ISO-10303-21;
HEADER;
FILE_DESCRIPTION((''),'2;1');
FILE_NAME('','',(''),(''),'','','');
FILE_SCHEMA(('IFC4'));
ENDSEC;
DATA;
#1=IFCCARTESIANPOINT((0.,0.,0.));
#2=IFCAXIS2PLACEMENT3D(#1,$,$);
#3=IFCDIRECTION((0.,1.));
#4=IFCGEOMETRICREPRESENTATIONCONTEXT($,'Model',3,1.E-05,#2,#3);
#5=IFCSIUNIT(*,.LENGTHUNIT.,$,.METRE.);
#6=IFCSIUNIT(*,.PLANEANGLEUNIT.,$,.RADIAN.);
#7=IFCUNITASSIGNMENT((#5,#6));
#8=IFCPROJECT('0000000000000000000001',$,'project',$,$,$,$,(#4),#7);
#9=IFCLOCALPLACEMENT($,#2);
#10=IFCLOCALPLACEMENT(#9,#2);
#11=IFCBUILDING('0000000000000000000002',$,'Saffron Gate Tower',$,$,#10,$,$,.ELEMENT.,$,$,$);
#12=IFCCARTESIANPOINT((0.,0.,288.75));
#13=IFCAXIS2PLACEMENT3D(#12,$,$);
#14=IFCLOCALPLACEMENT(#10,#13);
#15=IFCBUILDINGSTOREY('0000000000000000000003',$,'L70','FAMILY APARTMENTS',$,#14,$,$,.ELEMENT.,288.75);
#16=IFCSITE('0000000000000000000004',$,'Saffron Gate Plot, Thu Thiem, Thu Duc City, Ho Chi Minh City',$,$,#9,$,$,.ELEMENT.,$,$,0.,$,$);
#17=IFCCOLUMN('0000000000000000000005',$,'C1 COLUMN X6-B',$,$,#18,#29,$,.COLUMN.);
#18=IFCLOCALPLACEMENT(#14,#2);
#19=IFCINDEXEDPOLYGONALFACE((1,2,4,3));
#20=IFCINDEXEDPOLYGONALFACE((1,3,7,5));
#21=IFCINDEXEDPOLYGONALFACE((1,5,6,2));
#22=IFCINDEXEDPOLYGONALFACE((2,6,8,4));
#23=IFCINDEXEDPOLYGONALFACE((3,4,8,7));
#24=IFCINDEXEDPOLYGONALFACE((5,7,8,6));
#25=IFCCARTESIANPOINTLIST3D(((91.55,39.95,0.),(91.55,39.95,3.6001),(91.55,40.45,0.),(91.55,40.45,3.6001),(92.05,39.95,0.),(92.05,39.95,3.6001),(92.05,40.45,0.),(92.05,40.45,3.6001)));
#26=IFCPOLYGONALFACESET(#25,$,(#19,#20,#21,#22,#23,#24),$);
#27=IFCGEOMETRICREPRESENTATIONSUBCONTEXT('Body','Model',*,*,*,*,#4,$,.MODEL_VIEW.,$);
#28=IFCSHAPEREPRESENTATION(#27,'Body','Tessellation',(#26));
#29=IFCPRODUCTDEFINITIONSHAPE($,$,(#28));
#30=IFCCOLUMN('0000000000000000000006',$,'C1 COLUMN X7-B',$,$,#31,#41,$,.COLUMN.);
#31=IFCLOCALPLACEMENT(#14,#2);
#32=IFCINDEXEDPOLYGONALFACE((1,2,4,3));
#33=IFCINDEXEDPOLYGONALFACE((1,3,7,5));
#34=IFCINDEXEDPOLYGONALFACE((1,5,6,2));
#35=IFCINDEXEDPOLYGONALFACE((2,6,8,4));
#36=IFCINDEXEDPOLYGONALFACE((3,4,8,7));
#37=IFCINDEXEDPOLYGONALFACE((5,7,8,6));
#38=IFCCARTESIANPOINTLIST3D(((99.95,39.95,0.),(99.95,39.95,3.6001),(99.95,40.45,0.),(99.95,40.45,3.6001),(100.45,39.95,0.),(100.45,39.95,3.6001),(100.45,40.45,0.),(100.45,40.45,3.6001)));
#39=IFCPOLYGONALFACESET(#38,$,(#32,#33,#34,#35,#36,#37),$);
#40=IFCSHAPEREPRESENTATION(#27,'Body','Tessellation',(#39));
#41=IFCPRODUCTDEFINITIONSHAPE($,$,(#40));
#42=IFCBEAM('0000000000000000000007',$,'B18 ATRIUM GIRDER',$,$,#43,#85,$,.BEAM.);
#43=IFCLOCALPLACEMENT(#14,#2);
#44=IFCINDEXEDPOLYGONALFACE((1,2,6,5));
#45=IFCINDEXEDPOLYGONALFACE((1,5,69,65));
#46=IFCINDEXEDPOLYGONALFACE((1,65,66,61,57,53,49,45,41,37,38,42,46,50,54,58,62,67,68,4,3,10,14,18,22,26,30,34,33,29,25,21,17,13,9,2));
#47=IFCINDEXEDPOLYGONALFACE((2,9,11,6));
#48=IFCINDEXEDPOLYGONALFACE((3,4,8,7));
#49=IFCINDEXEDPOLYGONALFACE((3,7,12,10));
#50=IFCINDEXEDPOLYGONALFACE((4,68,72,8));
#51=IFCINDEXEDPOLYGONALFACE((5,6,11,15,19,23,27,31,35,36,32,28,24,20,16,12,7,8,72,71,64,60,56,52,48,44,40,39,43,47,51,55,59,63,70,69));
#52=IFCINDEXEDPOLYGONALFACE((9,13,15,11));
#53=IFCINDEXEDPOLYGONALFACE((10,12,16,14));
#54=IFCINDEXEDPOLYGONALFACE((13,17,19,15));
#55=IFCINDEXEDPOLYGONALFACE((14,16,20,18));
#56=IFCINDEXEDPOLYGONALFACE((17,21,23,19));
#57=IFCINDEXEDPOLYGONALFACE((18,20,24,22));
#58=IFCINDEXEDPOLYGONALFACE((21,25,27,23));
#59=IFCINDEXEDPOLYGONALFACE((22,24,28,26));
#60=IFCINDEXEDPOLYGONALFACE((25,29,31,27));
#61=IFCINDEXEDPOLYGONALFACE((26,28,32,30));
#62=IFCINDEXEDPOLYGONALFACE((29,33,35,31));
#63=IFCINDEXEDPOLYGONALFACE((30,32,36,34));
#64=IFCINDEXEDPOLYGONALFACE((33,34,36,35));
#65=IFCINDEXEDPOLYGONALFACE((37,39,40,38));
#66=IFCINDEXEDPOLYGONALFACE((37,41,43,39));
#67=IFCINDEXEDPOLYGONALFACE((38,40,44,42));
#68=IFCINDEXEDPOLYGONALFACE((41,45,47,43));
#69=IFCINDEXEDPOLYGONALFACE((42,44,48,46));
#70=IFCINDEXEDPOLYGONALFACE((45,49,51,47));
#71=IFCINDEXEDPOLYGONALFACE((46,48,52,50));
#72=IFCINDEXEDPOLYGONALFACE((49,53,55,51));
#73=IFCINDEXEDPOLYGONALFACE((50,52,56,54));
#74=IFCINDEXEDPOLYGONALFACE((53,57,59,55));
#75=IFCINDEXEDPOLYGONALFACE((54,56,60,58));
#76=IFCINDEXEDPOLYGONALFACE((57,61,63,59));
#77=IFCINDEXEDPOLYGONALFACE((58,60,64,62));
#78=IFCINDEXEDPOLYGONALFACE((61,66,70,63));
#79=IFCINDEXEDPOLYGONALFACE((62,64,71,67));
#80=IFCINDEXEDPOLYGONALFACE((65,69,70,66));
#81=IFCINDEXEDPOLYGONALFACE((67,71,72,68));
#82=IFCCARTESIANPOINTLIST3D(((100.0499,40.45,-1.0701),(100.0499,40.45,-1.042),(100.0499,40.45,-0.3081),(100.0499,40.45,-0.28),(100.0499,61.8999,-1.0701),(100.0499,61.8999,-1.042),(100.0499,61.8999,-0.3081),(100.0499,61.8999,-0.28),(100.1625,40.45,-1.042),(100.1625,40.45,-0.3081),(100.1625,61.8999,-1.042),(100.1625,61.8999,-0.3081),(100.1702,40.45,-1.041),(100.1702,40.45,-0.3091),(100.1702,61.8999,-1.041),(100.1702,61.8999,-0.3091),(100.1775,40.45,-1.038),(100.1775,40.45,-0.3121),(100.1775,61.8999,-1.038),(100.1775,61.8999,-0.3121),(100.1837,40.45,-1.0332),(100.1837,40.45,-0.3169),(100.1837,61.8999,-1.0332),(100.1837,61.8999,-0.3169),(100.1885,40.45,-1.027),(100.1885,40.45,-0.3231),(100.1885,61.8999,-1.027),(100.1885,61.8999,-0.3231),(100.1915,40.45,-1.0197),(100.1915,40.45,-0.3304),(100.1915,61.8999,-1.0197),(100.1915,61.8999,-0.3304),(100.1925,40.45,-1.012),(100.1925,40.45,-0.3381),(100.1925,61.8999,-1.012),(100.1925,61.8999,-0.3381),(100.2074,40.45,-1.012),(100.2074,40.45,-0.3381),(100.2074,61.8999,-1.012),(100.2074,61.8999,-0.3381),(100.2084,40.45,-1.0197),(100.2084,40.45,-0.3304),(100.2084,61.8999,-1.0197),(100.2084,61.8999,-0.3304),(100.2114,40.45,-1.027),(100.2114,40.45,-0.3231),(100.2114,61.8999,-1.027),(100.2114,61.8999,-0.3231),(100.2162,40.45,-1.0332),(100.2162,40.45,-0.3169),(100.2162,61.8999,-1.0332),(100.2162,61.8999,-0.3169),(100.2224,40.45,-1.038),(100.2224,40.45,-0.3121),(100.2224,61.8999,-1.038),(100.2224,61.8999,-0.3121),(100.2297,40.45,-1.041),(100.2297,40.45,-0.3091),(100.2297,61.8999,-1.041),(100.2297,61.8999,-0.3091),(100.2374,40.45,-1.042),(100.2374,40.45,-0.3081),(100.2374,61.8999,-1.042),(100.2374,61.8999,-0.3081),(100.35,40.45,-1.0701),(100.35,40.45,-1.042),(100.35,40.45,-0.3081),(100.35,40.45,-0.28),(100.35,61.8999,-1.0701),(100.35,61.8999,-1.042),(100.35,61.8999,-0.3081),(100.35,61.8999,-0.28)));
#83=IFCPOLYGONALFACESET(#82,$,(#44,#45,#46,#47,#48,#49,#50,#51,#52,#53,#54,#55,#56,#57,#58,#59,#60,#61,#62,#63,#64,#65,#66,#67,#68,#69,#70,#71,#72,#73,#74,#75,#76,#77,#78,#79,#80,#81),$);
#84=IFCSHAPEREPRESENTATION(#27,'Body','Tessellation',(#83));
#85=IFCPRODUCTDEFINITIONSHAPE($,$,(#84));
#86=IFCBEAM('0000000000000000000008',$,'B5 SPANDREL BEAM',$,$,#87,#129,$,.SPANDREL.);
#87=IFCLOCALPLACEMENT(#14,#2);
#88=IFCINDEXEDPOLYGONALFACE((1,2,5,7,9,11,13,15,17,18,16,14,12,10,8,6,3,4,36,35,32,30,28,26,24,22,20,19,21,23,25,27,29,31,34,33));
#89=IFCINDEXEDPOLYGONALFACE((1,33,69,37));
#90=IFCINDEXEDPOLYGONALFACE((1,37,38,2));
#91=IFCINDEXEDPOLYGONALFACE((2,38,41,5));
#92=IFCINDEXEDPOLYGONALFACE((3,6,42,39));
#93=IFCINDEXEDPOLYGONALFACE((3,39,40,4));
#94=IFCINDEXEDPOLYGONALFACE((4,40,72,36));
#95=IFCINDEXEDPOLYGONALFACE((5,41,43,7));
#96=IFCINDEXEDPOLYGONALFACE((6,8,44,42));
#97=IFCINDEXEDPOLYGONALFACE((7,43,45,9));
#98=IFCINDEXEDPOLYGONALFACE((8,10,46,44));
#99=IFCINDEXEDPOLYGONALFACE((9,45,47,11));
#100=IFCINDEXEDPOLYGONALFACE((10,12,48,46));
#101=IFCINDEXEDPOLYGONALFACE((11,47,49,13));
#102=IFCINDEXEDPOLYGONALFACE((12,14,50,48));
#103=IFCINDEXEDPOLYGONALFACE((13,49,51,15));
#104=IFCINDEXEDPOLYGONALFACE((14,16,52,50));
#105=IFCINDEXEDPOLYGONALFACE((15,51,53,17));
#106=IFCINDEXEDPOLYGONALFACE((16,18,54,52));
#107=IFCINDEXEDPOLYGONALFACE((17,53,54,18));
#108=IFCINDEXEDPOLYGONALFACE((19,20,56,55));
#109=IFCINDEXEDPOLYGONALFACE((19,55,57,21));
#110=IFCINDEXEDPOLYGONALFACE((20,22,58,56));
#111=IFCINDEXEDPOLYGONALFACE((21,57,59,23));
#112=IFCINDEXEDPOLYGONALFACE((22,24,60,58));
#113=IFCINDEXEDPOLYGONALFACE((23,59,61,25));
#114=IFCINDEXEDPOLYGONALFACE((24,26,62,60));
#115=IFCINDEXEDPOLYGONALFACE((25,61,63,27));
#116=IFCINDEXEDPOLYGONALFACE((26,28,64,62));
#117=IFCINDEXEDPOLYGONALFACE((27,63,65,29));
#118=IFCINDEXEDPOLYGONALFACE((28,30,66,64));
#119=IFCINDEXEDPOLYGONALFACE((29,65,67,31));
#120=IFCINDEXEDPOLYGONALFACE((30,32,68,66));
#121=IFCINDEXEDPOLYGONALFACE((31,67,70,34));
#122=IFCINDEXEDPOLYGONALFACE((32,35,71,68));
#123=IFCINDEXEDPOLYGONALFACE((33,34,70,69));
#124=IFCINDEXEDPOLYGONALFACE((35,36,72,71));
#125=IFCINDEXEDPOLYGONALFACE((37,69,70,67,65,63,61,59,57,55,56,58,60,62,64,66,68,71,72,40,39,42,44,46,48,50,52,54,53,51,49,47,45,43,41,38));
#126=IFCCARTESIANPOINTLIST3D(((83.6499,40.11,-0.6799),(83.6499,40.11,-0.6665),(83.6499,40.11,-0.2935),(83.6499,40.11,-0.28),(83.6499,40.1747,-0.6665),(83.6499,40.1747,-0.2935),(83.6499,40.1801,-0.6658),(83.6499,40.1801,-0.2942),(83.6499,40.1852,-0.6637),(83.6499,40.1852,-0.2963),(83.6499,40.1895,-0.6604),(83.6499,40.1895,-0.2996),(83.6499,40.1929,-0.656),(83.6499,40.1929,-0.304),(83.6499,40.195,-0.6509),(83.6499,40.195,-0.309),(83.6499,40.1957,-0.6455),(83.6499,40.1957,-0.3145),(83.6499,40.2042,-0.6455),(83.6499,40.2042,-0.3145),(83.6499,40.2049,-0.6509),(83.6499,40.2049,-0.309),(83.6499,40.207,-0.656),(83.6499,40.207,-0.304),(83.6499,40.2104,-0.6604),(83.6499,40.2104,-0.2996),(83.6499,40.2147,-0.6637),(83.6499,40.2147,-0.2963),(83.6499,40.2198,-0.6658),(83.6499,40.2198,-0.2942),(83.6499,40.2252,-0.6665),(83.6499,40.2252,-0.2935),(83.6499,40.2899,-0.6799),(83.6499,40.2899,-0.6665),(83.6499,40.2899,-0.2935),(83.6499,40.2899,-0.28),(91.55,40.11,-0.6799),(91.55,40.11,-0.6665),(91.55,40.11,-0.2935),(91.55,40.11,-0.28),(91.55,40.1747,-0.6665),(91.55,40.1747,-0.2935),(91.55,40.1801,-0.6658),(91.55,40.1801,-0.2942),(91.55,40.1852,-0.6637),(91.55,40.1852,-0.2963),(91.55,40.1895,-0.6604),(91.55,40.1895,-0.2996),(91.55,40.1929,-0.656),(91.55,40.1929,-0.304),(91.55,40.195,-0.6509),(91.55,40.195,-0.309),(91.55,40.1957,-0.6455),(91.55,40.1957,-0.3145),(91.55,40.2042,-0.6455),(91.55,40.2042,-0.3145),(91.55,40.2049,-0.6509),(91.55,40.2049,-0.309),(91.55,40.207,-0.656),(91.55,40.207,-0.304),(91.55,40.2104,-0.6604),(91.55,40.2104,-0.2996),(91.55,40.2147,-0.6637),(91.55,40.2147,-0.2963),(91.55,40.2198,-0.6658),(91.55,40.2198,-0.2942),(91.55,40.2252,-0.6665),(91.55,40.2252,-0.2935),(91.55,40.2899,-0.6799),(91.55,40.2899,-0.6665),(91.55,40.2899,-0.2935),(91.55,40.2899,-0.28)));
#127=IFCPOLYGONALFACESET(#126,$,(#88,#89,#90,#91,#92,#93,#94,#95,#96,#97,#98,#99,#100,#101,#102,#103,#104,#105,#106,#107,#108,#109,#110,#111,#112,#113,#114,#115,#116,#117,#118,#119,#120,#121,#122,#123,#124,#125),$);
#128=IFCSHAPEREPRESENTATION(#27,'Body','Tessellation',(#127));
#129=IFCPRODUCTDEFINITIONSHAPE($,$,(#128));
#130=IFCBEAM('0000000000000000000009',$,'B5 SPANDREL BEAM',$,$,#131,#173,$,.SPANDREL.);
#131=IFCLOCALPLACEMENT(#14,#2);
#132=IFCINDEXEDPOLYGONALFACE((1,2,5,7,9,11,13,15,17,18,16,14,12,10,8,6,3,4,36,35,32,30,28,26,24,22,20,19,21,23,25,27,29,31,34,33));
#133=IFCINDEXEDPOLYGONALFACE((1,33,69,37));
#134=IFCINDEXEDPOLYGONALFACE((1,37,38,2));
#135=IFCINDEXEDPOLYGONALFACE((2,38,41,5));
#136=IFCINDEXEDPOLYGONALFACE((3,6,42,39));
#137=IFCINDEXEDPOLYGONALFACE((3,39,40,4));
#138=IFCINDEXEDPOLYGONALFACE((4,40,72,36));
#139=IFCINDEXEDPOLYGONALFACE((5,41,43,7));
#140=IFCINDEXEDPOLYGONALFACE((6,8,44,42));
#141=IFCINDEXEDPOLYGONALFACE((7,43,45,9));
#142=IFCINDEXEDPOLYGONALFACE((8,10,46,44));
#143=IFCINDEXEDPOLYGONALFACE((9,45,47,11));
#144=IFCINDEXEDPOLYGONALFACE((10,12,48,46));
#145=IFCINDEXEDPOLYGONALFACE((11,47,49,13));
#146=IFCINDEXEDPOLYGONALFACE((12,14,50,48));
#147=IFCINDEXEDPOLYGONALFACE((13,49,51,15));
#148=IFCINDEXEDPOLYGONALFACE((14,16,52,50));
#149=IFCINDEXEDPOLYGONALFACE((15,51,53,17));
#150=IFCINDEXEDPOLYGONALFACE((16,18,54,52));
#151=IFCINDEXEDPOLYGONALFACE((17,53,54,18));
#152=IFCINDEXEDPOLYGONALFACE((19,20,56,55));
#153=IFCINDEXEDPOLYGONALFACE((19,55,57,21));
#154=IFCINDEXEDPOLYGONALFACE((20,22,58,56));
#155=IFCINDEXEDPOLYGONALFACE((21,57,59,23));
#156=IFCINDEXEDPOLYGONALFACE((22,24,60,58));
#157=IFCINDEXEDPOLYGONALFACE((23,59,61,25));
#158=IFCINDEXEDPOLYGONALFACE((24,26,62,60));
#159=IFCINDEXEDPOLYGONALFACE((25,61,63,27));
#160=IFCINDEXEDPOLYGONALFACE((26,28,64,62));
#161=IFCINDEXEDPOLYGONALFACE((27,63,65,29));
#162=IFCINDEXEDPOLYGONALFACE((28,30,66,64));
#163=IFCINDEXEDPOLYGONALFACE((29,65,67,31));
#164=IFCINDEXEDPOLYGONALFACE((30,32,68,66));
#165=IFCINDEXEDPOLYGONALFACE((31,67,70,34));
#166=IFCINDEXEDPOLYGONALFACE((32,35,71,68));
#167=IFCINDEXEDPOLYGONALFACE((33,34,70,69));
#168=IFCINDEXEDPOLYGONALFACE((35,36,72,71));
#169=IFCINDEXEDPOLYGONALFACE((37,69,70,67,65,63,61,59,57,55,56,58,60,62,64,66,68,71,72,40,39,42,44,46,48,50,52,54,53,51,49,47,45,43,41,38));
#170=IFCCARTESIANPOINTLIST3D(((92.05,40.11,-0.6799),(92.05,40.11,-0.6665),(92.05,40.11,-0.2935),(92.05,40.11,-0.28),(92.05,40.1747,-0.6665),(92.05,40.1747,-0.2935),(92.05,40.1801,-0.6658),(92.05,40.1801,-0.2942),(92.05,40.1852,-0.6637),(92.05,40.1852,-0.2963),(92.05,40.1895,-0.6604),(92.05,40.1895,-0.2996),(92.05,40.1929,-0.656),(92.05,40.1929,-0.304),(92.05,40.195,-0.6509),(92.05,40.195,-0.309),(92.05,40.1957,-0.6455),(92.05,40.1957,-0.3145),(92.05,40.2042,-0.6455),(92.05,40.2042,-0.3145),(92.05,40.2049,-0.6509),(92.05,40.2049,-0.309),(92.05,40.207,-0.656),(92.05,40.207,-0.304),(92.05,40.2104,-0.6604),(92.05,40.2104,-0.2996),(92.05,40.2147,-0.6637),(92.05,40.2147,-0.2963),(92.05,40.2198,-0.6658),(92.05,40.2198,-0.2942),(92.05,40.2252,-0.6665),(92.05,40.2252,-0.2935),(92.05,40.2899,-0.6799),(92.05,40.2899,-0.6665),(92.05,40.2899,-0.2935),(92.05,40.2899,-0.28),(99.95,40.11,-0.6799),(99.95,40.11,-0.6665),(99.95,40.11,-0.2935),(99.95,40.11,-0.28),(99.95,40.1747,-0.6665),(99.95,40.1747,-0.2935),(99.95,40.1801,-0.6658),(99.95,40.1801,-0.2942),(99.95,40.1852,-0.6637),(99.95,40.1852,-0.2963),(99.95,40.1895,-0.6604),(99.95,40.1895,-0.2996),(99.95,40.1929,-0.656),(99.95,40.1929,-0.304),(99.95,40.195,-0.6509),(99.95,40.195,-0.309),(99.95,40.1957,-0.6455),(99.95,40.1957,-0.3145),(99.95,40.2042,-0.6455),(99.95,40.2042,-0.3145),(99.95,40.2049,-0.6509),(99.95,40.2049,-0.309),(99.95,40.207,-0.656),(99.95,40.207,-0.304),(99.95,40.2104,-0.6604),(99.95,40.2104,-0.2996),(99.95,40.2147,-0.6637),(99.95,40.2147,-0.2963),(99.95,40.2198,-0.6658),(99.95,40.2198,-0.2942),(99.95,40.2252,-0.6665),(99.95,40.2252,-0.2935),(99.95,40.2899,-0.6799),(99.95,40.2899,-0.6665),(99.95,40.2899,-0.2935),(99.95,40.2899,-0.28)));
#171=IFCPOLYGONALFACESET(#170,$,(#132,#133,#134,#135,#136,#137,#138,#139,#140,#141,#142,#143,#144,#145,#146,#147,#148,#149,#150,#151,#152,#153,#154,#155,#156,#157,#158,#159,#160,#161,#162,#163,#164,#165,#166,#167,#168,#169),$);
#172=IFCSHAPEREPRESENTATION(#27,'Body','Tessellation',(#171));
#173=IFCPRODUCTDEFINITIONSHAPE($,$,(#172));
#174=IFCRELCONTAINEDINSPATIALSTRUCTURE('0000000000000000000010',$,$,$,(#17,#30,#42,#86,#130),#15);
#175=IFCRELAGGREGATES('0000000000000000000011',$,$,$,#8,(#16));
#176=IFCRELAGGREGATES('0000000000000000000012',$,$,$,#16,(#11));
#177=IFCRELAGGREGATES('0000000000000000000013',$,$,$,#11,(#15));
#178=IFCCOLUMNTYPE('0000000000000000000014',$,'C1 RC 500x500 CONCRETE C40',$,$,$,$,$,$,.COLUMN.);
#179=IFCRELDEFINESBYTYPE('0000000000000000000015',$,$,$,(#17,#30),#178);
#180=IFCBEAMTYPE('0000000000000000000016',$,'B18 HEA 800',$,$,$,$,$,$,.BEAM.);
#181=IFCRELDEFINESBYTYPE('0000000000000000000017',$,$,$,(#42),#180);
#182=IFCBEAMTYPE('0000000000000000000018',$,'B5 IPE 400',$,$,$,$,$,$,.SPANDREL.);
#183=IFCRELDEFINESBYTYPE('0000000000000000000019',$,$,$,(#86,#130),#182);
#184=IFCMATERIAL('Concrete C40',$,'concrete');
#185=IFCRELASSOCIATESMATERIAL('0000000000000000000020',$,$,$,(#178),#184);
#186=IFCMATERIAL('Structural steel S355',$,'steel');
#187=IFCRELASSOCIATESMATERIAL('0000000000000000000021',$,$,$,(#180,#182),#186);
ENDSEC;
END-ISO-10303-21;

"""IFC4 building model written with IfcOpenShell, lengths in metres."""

from ifc_helpers import new_model, si_unit, direction, frame, origin, origin_2d, place, context, subcontext, project, spatial, rectangle, i_section, extrude, material, material_profile, profile_set, type_object, element, save


model = new_model("IFC4")

# Units and contexts
model_context = context("Model", 3, precision=1e-05, world=origin(), true_north=direction((0.0, 1.0)))
body_context = subcontext(model_context, "Body", "Model", "MODEL_VIEW")
ifc_project = project(units=[si_unit("LENGTHUNIT", "METRE"), si_unit("PLANEANGLEUNIT", "RADIAN")], contexts=[model_context])

# Site, building, storey
site_placement = place(None, origin())
site = spatial("IfcSite", under=ifc_project, at=site_placement, Name="Saffron Gate Plot, Thu Thiem, Thu Duc City, Ho Chi Minh City", CompositionType="ELEMENT", RefElevation=0.0)
building_placement = place(site_placement, origin())
building = spatial("IfcBuilding", under=site, at=building_placement, Name="Saffron Gate Tower", CompositionType="ELEMENT")
storey_placement = place(building_placement, frame((0.0, 0.0, 288.75)))
storey = spatial("IfcBuildingStorey", under=building, at=storey_placement, Name="L70", Description="FAMILY APARTMENTS", CompositionType="ELEMENT", Elevation=288.75)

# Columns
ifc_material_1 = material(Name="Concrete C40", Category="concrete")
ifc_material_profile_1 = material_profile(ifc_material_1, rectangle(XDim=0.5, YDim=0.5, at=origin_2d()))
ifc_profile_set_1 = profile_set([ifc_material_profile_1], Name="Concrete C40")
column_type = type_object("IfcColumnType", Name="C1 RC 500x500 CONCRETE C40", PredefinedType="COLUMN", material=ifc_profile_set_1)
for number, where, z_axis, x_axis, name in (
    (1, (91.8, 40.2, 0.0), (0.0, 0.0, 1.0), (1.0, 0.0, 0.0), "C1 COLUMN X6-B"),
    (2, (100.2, 40.2, 0.0), (0.0, 0.0, 1.0), (1.0, 0.0, 0.0), "C1 COLUMN X7-B"),
):
    element("IfcColumn", number, at=place(storey_placement, frame(where, z_axis=z_axis, x_axis=x_axis)), inside=storey, type_object=column_type, Name=name, PredefinedType="COLUMN", context=body_context, shape_type="SweptSolid", body=[
        extrude(rectangle(XDim=0.5, YDim=0.5, at=origin_2d()), origin(), (0.0, 0.0, 1.0), 3.6001),
    ])

# Beams
ifc_material_2 = material(Name="Structural steel S355", Category="steel")
ifc_material_profile_2 = material_profile(ifc_material_2, i_section(OverallWidth=0.3, OverallDepth=0.79, WebThickness=0.0149, FlangeThickness=0.0281, FilletRadius=0.03, at=origin_2d()))
ifc_profile_set_2 = profile_set([ifc_material_profile_2], Name="Structural steel S355")
beam_type_1 = type_object("IfcBeamType", Name="B18 HEA 800", PredefinedType="BEAM", material=ifc_profile_set_2)
beam_1_placement = place(storey_placement, frame((100.2, 40.45, -0.675), z_axis=(0.0, 1.0, 0.0), x_axis=(-1.0, 0.0, 0.0)))
element("IfcBeam", 3, at=beam_1_placement, inside=storey, type_object=beam_type_1, Name="B18 ATRIUM GIRDER", PredefinedType="BEAM", context=body_context, shape_type="SweptSolid", body=[
    extrude(i_section(OverallWidth=0.3, OverallDepth=0.79, WebThickness=0.0149, FlangeThickness=0.0281, FilletRadius=0.03, at=origin_2d()), origin(), (0.0, 0.0, 1.0), 21.45),
])
ifc_material_profile_3 = material_profile(ifc_material_2, i_section(OverallWidth=0.1799, OverallDepth=0.3999, WebThickness=0.0085, FlangeThickness=0.0134, FilletRadius=0.021, at=origin_2d()))
ifc_profile_set_3 = profile_set([ifc_material_profile_3], Name="Structural steel S355")
beam_type_2 = type_object("IfcBeamType", Name="B5 IPE 400", PredefinedType="SPANDREL", material=ifc_profile_set_3)
beam_2_placement = place(storey_placement, frame((83.6499, 40.2, -0.48), z_axis=(1.0, 0.0, 0.0), x_axis=(0.0, 1.0, 0.0)))
element("IfcBeam", 4, at=beam_2_placement, inside=storey, type_object=beam_type_2, Name="B5 SPANDREL BEAM", PredefinedType="SPANDREL", context=body_context, shape_type="SweptSolid", body=[
    extrude(i_section(OverallWidth=0.1799, OverallDepth=0.3999, WebThickness=0.0085, FlangeThickness=0.0134, FilletRadius=0.021, at=origin_2d()), origin(), (0.0, 0.0, 1.0), 7.9001),
])
beam_3_placement = place(storey_placement, frame((92.05, 40.2, -0.48), z_axis=(1.0, 0.0, 0.0), x_axis=(0.0, 1.0, 0.0)))
element("IfcBeam", 5, at=beam_3_placement, inside=storey, type_object=beam_type_2, Name="B5 SPANDREL BEAM", PredefinedType="SPANDREL", context=body_context, shape_type="SweptSolid", body=[
    extrude(i_section(OverallWidth=0.1799, OverallDepth=0.3999, WebThickness=0.0085, FlangeThickness=0.0134, FilletRadius=0.021, at=origin_2d()), origin(), (0.0, 0.0, 1.0), 7.8999),
])

save(model, "model.ifc")
